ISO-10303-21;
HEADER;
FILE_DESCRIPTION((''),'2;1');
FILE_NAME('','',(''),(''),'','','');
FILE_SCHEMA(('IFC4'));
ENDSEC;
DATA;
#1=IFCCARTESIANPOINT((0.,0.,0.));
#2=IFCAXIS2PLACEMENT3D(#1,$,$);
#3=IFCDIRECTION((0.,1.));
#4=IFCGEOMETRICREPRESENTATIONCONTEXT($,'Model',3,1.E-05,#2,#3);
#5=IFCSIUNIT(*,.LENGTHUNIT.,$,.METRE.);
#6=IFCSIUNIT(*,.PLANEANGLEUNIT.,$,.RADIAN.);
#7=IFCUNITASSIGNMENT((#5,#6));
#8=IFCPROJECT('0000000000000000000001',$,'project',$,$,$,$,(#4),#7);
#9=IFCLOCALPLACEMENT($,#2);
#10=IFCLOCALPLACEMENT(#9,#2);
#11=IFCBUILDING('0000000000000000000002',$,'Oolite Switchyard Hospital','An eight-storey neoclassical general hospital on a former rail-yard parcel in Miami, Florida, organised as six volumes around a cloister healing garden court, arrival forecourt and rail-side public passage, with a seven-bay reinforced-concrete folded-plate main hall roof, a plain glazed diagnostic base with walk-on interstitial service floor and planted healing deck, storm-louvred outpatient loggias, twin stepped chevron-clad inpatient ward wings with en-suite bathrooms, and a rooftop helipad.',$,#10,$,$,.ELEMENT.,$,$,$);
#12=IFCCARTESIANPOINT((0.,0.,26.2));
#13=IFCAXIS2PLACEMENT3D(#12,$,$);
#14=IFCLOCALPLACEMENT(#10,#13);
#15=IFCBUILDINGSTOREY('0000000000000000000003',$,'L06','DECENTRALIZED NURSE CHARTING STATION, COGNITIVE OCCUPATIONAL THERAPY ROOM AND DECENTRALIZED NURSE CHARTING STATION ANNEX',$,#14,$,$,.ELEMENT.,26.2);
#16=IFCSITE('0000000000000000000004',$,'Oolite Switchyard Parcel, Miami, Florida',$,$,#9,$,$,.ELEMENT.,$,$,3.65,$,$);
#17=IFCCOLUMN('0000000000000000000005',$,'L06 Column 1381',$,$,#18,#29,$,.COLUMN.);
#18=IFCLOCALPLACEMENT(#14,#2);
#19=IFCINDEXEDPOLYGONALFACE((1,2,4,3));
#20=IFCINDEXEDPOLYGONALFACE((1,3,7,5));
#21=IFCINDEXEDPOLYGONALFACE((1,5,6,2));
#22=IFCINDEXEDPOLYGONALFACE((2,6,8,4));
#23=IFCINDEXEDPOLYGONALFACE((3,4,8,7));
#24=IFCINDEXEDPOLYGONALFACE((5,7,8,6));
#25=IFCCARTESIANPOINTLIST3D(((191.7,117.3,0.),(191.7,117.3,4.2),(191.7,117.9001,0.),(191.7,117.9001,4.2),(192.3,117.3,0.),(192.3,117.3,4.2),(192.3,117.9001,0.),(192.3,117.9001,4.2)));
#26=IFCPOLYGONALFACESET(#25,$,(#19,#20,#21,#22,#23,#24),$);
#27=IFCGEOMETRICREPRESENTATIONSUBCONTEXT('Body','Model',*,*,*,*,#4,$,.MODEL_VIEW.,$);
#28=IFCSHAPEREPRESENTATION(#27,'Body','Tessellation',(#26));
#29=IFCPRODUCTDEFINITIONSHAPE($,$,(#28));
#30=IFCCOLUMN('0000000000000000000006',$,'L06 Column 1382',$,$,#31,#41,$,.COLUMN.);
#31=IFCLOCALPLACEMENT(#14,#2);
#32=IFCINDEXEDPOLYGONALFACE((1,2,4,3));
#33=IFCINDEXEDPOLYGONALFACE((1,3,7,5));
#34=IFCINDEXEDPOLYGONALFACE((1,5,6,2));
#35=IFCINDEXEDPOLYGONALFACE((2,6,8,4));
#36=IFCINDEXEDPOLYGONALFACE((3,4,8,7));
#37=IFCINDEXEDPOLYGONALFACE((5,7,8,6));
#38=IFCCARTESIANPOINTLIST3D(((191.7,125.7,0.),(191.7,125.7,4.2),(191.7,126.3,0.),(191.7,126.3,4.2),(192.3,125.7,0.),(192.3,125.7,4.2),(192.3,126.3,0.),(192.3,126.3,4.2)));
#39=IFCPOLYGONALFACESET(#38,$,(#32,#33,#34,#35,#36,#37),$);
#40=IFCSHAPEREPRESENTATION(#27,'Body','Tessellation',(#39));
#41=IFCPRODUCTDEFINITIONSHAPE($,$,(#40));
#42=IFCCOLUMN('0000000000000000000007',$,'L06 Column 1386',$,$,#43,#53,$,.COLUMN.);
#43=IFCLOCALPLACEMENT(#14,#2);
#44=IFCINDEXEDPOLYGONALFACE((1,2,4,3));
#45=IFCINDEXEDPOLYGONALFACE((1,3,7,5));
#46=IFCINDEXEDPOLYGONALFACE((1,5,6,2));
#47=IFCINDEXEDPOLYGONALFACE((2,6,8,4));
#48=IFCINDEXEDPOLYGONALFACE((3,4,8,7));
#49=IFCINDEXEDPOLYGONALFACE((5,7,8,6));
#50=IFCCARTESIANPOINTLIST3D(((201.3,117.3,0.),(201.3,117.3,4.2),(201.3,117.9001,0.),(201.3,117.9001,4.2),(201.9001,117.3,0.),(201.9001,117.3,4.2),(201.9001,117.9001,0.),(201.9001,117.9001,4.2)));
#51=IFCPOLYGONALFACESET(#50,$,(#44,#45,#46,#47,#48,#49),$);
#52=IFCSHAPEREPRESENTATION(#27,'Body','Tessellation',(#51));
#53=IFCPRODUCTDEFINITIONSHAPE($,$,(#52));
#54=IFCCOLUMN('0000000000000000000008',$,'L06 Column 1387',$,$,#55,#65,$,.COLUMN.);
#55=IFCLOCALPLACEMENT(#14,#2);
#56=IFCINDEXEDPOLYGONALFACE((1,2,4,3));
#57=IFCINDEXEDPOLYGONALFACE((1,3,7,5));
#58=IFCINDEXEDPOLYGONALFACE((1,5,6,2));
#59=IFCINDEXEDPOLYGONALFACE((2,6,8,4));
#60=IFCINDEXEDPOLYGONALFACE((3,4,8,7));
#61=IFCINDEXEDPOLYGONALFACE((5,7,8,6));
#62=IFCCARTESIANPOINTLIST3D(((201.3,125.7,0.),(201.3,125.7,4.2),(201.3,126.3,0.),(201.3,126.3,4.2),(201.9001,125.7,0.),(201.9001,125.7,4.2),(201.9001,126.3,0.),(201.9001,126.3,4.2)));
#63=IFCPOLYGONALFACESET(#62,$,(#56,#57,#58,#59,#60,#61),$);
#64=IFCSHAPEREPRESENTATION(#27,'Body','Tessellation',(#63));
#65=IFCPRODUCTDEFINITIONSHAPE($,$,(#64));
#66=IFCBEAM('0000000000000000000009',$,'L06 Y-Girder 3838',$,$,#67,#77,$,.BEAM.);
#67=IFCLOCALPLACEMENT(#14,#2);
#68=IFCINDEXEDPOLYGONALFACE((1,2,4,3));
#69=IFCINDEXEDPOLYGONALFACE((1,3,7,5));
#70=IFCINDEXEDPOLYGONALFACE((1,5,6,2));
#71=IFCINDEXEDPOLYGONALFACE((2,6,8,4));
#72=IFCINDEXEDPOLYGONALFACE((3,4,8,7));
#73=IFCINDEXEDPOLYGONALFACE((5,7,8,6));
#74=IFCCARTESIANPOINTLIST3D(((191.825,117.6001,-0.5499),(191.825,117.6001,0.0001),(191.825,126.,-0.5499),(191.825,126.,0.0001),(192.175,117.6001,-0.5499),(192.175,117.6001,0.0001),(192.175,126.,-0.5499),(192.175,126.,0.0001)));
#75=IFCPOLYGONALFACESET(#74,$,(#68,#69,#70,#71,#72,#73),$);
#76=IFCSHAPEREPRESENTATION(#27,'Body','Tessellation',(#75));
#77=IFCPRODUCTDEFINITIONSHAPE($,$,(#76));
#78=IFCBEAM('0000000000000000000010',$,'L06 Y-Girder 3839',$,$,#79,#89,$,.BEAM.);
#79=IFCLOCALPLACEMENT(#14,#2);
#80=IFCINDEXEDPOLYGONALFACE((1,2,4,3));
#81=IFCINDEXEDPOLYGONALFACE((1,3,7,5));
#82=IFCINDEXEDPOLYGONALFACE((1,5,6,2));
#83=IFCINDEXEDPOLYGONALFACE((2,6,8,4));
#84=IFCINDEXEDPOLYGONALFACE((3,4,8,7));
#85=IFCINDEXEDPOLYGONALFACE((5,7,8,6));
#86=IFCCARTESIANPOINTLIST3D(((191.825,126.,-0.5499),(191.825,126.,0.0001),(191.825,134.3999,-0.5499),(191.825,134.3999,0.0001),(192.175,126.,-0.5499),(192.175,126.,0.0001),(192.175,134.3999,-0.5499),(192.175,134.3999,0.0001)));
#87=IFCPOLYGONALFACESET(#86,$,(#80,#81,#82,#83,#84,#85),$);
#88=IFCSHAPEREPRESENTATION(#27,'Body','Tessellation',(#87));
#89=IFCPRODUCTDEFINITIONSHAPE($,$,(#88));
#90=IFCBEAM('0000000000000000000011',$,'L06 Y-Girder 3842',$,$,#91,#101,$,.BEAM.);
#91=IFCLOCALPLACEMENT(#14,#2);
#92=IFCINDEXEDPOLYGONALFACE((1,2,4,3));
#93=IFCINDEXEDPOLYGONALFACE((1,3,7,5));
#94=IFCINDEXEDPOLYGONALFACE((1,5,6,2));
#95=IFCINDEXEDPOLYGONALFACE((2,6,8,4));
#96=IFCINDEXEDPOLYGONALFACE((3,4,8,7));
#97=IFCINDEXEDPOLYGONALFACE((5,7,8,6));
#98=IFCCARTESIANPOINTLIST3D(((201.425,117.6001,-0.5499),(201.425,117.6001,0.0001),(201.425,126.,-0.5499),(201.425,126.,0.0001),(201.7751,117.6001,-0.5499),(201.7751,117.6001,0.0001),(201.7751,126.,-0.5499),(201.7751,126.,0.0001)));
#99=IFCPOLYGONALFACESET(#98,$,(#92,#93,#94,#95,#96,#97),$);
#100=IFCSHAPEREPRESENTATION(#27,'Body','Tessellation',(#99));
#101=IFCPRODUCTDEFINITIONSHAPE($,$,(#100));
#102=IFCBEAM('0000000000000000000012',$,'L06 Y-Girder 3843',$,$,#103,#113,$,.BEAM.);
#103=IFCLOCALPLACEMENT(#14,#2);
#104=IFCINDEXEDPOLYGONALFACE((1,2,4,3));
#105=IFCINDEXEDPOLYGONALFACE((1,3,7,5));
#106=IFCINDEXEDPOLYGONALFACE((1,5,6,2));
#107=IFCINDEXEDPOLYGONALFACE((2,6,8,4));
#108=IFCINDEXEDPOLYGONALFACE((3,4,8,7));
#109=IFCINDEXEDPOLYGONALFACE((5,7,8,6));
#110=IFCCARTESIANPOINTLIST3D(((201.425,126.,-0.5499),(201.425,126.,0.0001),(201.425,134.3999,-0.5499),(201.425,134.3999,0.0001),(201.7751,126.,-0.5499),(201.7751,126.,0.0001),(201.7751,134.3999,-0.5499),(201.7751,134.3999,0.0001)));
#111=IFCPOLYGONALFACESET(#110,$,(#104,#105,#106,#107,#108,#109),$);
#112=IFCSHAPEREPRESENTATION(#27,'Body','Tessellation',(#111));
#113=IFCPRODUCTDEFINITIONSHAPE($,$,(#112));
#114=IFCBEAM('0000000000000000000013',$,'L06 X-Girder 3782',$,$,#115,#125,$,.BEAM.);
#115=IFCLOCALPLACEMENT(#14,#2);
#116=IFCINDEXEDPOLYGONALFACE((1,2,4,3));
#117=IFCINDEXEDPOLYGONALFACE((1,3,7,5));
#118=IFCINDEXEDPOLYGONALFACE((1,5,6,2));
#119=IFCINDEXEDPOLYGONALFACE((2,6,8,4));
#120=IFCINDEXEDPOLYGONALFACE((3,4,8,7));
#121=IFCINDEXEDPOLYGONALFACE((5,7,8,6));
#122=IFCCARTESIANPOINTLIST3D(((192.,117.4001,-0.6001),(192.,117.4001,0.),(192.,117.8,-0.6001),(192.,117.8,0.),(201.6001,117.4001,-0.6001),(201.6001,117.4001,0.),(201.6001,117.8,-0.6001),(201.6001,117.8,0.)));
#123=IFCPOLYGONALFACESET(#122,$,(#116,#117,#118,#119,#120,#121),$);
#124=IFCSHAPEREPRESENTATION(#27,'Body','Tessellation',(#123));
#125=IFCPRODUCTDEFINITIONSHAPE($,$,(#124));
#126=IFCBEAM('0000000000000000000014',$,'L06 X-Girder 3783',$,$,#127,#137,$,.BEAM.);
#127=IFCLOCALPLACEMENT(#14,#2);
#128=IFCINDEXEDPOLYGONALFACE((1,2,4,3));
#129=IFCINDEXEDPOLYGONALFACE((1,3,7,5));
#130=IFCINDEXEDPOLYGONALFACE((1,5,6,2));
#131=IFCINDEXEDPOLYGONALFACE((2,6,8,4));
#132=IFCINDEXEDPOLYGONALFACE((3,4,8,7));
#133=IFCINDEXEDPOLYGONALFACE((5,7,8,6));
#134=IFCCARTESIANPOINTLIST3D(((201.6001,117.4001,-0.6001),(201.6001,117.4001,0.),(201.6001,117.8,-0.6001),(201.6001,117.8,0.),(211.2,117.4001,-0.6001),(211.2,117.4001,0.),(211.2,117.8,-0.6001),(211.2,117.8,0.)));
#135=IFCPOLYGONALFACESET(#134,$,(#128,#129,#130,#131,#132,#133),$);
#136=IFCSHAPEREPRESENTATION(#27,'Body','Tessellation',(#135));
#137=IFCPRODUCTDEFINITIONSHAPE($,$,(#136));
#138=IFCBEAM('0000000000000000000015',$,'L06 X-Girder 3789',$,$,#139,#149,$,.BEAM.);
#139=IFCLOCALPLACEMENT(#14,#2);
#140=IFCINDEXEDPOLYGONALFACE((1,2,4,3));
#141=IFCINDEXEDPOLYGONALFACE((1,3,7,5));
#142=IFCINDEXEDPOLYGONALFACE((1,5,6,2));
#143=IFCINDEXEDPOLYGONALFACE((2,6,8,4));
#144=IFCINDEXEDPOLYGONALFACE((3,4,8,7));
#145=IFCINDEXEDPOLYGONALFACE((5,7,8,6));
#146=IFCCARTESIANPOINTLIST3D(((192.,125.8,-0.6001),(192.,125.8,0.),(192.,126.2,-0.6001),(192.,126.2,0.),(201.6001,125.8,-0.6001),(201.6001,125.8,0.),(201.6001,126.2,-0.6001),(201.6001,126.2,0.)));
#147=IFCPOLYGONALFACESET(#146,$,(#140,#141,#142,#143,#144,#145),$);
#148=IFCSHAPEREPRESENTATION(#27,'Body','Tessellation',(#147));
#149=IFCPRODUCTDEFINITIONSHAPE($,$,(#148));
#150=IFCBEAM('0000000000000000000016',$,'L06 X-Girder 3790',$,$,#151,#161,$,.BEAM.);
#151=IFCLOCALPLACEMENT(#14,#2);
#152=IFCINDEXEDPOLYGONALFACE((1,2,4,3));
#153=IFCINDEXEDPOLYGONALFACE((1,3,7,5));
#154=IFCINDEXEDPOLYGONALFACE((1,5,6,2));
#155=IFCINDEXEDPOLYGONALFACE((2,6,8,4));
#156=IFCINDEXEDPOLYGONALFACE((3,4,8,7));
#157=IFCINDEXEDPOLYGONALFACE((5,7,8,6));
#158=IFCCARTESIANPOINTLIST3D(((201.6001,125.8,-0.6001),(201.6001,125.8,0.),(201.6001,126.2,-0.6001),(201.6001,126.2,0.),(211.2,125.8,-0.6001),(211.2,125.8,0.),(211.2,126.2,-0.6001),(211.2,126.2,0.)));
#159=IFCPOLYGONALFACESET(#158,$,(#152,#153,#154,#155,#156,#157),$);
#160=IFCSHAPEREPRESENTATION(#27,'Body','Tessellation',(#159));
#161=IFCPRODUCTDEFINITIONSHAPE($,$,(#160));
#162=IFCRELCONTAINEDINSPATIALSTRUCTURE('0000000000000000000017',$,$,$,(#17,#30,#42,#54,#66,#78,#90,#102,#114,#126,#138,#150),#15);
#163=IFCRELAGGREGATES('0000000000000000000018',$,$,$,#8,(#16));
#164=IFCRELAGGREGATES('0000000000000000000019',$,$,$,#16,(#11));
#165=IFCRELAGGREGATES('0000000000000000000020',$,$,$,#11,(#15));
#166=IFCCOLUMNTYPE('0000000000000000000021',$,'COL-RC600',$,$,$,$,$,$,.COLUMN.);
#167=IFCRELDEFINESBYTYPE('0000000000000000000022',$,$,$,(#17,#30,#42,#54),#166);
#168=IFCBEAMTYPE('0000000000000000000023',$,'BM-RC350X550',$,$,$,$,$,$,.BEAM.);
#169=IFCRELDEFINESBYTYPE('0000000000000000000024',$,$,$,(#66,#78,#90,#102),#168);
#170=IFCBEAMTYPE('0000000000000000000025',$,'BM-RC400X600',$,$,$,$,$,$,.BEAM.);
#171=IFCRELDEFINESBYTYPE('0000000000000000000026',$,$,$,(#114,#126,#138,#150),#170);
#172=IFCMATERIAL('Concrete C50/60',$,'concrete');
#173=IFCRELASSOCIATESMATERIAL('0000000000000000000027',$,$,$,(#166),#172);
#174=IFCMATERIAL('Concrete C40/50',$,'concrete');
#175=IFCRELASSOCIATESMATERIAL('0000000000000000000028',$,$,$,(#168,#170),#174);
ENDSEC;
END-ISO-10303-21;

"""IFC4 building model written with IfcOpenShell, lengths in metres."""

from ifc_helpers import new_model, si_unit, direction, frame, origin, origin_2d, place, context, subcontext, project, spatial, rectangle, extrude, material, material_profile, profile_set, type_object, element, save


model = new_model("IFC4")

# Units and contexts
model_context = context("Model", 3, precision=1e-05, world=origin(), true_north=direction((0.0, 1.0)))
body_context = subcontext(model_context, "Body", "Model", "MODEL_VIEW")
ifc_project = project(units=[si_unit("LENGTHUNIT", "METRE"), si_unit("PLANEANGLEUNIT", "RADIAN")], contexts=[model_context])

# Site, building, storey
site_placement = place(None, origin())
site = spatial("IfcSite", under=ifc_project, at=site_placement, Name="Oolite Switchyard Parcel, Miami, Florida", CompositionType="ELEMENT", RefElevation=3.65)
building_placement = place(site_placement, origin())
building = spatial("IfcBuilding", under=site, at=building_placement, Name="Oolite Switchyard Hospital", Description="An eight-storey neoclassical general hospital on a former rail-yard parcel in Miami, Florida, organised as six volumes around a cloister healing garden court, arrival forecourt and rail-side public passage, with a seven-bay reinforced-concrete folded-plate main hall roof, a plain glazed diagnostic base with walk-on interstitial service floor and planted healing deck, storm-louvred outpatient loggias, twin stepped chevron-clad inpatient ward wings with en-suite bathrooms, and a rooftop helipad.", CompositionType="ELEMENT")
storey_placement = place(building_placement, frame((0.0, 0.0, 26.2)))
storey = spatial("IfcBuildingStorey", under=building, at=storey_placement, Name="L06", Description="DECENTRALIZED NURSE CHARTING STATION, COGNITIVE OCCUPATIONAL THERAPY ROOM AND DECENTRALIZED NURSE CHARTING STATION ANNEX", CompositionType="ELEMENT", Elevation=26.2)

# Columns
ifc_material_1 = material(Name="Concrete C50/60", Category="concrete")
ifc_material_profile_1 = material_profile(ifc_material_1, rectangle(XDim=0.6001, YDim=0.6001, at=origin_2d()), Name="RC600X600")
ifc_profile_set_1 = profile_set([ifc_material_profile_1], Name="Concrete C50/60")
column_type = type_object("IfcColumnType", Name="COL-RC600", PredefinedType="COLUMN", material=ifc_profile_set_1)
for number, where, z_axis, x_axis, name in (
    (1, (192.0, 117.6001, 0.0), (0.0, 0.0, 1.0), (1.0, 0.0, 0.0), "L06 Column 1381"),
    (2, (192.0, 126.0, 0.0), (0.0, 0.0, 1.0), (1.0, 0.0, 0.0), "L06 Column 1382"),
    (3, (201.6001, 117.6001, 0.0), (0.0, 0.0, 1.0), (1.0, 0.0, 0.0), "L06 Column 1386"),
    (4, (201.6001, 126.0, 0.0), (0.0, 0.0, 1.0), (1.0, 0.0, 0.0), "L06 Column 1387"),
):
    element("IfcColumn", number, at=place(storey_placement, frame(where, z_axis=z_axis, x_axis=x_axis)), inside=storey, type_object=column_type, Name=name, PredefinedType="COLUMN", context=body_context, shape_type="SweptSolid", body=[
        extrude(rectangle(XDim=0.6001, YDim=0.6001, at=origin_2d()), origin(), (0.0, 0.0, 1.0), 4.2),
    ])

# Beams
ifc_material_2 = material(Name="Concrete C40/50", Category="concrete")
ifc_material_profile_2 = material_profile(ifc_material_2, rectangle(XDim=0.3501, YDim=0.55, at=origin_2d()), Name="RCB350X550")
ifc_profile_set_2 = profile_set([ifc_material_profile_2], Name="Concrete C40/50")
beam_type_1 = type_object("IfcBeamType", Name="BM-RC350X550", PredefinedType="BEAM", material=ifc_profile_set_2)
for number, where, z_axis, x_axis, name in (
    (5, (192.0, 117.6001, -0.2749), (0.0, 1.0, 0.0), (-1.0, 0.0, 0.0), "L06 Y-Girder 3838"),
    (6, (192.0, 126.0, -0.2749), (0.0, 1.0, 0.0), (-1.0, 0.0, 0.0), "L06 Y-Girder 3839"),
    (7, (201.6001, 117.6001, -0.2749), (0.0, 1.0, 0.0), (-1.0, 0.0, 0.0), "L06 Y-Girder 3842"),
    (8, (201.6001, 126.0, -0.2749), (0.0, 1.0, 0.0), (-1.0, 0.0, 0.0), "L06 Y-Girder 3843"),
):
    element("IfcBeam", number, at=place(storey_placement, frame(where, z_axis=z_axis, x_axis=x_axis)), inside=storey, type_object=beam_type_1, Name=name, PredefinedType="BEAM", context=body_context, shape_type="SweptSolid", body=[
        extrude(rectangle(XDim=0.3501, YDim=0.55, at=origin_2d()), origin(), (0.0, 0.0, 1.0), 8.3999),
    ])
ifc_material_profile_3 = material_profile(ifc_material_2, rectangle(XDim=0.3999, YDim=0.6001, at=origin_2d()), Name="RCB400X600")
ifc_profile_set_3 = profile_set([ifc_material_profile_3], Name="Concrete C40/50")
beam_type_2 = type_object("IfcBeamType", Name="BM-RC400X600", PredefinedType="BEAM", material=ifc_profile_set_3)
beam_1_placement = place(storey_placement, frame((192.0, 117.6001, -0.3), z_axis=(1.0, 0.0, 0.0), x_axis=(0.0, 1.0, 0.0)))
element("IfcBeam", 9, at=beam_1_placement, inside=storey, type_object=beam_type_2, Name="L06 X-Girder 3782", PredefinedType="BEAM", context=body_context, shape_type="SweptSolid", body=[
    extrude(rectangle(XDim=0.3999, YDim=0.6001, at=origin_2d()), origin(), (0.0, 0.0, 1.0), 9.6001),
])
beam_2_placement = place(storey_placement, frame((201.6001, 117.6001, -0.3), z_axis=(1.0, 0.0, 0.0), x_axis=(0.0, 1.0, 0.0)))
element("IfcBeam", 10, at=beam_2_placement, inside=storey, type_object=beam_type_2, Name="L06 X-Girder 3783", PredefinedType="BEAM", context=body_context, shape_type="SweptSolid", body=[
    extrude(rectangle(XDim=0.3999, YDim=0.6001, at=origin_2d()), origin(), (0.0, 0.0, 1.0), 9.5999),
])
beam_3_placement = place(storey_placement, frame((192.0, 126.0, -0.3), z_axis=(1.0, 0.0, 0.0), x_axis=(0.0, 1.0, 0.0)))
element("IfcBeam", 11, at=beam_3_placement, inside=storey, type_object=beam_type_2, Name="L06 X-Girder 3789", PredefinedType="BEAM", context=body_context, shape_type="SweptSolid", body=[
    extrude(rectangle(XDim=0.3999, YDim=0.6001, at=origin_2d()), origin(), (0.0, 0.0, 1.0), 9.6001),
])
beam_4_placement = place(storey_placement, frame((201.6001, 126.0, -0.3), z_axis=(1.0, 0.0, 0.0), x_axis=(0.0, 1.0, 0.0)))
element("IfcBeam", 12, at=beam_4_placement, inside=storey, type_object=beam_type_2, Name="L06 X-Girder 3790", PredefinedType="BEAM", context=body_context, shape_type="SweptSolid", body=[
    extrude(rectangle(XDim=0.3999, YDim=0.6001, at=origin_2d()), origin(), (0.0, 0.0, 1.0), 9.5999),
])

save(model, "model.ifc")
